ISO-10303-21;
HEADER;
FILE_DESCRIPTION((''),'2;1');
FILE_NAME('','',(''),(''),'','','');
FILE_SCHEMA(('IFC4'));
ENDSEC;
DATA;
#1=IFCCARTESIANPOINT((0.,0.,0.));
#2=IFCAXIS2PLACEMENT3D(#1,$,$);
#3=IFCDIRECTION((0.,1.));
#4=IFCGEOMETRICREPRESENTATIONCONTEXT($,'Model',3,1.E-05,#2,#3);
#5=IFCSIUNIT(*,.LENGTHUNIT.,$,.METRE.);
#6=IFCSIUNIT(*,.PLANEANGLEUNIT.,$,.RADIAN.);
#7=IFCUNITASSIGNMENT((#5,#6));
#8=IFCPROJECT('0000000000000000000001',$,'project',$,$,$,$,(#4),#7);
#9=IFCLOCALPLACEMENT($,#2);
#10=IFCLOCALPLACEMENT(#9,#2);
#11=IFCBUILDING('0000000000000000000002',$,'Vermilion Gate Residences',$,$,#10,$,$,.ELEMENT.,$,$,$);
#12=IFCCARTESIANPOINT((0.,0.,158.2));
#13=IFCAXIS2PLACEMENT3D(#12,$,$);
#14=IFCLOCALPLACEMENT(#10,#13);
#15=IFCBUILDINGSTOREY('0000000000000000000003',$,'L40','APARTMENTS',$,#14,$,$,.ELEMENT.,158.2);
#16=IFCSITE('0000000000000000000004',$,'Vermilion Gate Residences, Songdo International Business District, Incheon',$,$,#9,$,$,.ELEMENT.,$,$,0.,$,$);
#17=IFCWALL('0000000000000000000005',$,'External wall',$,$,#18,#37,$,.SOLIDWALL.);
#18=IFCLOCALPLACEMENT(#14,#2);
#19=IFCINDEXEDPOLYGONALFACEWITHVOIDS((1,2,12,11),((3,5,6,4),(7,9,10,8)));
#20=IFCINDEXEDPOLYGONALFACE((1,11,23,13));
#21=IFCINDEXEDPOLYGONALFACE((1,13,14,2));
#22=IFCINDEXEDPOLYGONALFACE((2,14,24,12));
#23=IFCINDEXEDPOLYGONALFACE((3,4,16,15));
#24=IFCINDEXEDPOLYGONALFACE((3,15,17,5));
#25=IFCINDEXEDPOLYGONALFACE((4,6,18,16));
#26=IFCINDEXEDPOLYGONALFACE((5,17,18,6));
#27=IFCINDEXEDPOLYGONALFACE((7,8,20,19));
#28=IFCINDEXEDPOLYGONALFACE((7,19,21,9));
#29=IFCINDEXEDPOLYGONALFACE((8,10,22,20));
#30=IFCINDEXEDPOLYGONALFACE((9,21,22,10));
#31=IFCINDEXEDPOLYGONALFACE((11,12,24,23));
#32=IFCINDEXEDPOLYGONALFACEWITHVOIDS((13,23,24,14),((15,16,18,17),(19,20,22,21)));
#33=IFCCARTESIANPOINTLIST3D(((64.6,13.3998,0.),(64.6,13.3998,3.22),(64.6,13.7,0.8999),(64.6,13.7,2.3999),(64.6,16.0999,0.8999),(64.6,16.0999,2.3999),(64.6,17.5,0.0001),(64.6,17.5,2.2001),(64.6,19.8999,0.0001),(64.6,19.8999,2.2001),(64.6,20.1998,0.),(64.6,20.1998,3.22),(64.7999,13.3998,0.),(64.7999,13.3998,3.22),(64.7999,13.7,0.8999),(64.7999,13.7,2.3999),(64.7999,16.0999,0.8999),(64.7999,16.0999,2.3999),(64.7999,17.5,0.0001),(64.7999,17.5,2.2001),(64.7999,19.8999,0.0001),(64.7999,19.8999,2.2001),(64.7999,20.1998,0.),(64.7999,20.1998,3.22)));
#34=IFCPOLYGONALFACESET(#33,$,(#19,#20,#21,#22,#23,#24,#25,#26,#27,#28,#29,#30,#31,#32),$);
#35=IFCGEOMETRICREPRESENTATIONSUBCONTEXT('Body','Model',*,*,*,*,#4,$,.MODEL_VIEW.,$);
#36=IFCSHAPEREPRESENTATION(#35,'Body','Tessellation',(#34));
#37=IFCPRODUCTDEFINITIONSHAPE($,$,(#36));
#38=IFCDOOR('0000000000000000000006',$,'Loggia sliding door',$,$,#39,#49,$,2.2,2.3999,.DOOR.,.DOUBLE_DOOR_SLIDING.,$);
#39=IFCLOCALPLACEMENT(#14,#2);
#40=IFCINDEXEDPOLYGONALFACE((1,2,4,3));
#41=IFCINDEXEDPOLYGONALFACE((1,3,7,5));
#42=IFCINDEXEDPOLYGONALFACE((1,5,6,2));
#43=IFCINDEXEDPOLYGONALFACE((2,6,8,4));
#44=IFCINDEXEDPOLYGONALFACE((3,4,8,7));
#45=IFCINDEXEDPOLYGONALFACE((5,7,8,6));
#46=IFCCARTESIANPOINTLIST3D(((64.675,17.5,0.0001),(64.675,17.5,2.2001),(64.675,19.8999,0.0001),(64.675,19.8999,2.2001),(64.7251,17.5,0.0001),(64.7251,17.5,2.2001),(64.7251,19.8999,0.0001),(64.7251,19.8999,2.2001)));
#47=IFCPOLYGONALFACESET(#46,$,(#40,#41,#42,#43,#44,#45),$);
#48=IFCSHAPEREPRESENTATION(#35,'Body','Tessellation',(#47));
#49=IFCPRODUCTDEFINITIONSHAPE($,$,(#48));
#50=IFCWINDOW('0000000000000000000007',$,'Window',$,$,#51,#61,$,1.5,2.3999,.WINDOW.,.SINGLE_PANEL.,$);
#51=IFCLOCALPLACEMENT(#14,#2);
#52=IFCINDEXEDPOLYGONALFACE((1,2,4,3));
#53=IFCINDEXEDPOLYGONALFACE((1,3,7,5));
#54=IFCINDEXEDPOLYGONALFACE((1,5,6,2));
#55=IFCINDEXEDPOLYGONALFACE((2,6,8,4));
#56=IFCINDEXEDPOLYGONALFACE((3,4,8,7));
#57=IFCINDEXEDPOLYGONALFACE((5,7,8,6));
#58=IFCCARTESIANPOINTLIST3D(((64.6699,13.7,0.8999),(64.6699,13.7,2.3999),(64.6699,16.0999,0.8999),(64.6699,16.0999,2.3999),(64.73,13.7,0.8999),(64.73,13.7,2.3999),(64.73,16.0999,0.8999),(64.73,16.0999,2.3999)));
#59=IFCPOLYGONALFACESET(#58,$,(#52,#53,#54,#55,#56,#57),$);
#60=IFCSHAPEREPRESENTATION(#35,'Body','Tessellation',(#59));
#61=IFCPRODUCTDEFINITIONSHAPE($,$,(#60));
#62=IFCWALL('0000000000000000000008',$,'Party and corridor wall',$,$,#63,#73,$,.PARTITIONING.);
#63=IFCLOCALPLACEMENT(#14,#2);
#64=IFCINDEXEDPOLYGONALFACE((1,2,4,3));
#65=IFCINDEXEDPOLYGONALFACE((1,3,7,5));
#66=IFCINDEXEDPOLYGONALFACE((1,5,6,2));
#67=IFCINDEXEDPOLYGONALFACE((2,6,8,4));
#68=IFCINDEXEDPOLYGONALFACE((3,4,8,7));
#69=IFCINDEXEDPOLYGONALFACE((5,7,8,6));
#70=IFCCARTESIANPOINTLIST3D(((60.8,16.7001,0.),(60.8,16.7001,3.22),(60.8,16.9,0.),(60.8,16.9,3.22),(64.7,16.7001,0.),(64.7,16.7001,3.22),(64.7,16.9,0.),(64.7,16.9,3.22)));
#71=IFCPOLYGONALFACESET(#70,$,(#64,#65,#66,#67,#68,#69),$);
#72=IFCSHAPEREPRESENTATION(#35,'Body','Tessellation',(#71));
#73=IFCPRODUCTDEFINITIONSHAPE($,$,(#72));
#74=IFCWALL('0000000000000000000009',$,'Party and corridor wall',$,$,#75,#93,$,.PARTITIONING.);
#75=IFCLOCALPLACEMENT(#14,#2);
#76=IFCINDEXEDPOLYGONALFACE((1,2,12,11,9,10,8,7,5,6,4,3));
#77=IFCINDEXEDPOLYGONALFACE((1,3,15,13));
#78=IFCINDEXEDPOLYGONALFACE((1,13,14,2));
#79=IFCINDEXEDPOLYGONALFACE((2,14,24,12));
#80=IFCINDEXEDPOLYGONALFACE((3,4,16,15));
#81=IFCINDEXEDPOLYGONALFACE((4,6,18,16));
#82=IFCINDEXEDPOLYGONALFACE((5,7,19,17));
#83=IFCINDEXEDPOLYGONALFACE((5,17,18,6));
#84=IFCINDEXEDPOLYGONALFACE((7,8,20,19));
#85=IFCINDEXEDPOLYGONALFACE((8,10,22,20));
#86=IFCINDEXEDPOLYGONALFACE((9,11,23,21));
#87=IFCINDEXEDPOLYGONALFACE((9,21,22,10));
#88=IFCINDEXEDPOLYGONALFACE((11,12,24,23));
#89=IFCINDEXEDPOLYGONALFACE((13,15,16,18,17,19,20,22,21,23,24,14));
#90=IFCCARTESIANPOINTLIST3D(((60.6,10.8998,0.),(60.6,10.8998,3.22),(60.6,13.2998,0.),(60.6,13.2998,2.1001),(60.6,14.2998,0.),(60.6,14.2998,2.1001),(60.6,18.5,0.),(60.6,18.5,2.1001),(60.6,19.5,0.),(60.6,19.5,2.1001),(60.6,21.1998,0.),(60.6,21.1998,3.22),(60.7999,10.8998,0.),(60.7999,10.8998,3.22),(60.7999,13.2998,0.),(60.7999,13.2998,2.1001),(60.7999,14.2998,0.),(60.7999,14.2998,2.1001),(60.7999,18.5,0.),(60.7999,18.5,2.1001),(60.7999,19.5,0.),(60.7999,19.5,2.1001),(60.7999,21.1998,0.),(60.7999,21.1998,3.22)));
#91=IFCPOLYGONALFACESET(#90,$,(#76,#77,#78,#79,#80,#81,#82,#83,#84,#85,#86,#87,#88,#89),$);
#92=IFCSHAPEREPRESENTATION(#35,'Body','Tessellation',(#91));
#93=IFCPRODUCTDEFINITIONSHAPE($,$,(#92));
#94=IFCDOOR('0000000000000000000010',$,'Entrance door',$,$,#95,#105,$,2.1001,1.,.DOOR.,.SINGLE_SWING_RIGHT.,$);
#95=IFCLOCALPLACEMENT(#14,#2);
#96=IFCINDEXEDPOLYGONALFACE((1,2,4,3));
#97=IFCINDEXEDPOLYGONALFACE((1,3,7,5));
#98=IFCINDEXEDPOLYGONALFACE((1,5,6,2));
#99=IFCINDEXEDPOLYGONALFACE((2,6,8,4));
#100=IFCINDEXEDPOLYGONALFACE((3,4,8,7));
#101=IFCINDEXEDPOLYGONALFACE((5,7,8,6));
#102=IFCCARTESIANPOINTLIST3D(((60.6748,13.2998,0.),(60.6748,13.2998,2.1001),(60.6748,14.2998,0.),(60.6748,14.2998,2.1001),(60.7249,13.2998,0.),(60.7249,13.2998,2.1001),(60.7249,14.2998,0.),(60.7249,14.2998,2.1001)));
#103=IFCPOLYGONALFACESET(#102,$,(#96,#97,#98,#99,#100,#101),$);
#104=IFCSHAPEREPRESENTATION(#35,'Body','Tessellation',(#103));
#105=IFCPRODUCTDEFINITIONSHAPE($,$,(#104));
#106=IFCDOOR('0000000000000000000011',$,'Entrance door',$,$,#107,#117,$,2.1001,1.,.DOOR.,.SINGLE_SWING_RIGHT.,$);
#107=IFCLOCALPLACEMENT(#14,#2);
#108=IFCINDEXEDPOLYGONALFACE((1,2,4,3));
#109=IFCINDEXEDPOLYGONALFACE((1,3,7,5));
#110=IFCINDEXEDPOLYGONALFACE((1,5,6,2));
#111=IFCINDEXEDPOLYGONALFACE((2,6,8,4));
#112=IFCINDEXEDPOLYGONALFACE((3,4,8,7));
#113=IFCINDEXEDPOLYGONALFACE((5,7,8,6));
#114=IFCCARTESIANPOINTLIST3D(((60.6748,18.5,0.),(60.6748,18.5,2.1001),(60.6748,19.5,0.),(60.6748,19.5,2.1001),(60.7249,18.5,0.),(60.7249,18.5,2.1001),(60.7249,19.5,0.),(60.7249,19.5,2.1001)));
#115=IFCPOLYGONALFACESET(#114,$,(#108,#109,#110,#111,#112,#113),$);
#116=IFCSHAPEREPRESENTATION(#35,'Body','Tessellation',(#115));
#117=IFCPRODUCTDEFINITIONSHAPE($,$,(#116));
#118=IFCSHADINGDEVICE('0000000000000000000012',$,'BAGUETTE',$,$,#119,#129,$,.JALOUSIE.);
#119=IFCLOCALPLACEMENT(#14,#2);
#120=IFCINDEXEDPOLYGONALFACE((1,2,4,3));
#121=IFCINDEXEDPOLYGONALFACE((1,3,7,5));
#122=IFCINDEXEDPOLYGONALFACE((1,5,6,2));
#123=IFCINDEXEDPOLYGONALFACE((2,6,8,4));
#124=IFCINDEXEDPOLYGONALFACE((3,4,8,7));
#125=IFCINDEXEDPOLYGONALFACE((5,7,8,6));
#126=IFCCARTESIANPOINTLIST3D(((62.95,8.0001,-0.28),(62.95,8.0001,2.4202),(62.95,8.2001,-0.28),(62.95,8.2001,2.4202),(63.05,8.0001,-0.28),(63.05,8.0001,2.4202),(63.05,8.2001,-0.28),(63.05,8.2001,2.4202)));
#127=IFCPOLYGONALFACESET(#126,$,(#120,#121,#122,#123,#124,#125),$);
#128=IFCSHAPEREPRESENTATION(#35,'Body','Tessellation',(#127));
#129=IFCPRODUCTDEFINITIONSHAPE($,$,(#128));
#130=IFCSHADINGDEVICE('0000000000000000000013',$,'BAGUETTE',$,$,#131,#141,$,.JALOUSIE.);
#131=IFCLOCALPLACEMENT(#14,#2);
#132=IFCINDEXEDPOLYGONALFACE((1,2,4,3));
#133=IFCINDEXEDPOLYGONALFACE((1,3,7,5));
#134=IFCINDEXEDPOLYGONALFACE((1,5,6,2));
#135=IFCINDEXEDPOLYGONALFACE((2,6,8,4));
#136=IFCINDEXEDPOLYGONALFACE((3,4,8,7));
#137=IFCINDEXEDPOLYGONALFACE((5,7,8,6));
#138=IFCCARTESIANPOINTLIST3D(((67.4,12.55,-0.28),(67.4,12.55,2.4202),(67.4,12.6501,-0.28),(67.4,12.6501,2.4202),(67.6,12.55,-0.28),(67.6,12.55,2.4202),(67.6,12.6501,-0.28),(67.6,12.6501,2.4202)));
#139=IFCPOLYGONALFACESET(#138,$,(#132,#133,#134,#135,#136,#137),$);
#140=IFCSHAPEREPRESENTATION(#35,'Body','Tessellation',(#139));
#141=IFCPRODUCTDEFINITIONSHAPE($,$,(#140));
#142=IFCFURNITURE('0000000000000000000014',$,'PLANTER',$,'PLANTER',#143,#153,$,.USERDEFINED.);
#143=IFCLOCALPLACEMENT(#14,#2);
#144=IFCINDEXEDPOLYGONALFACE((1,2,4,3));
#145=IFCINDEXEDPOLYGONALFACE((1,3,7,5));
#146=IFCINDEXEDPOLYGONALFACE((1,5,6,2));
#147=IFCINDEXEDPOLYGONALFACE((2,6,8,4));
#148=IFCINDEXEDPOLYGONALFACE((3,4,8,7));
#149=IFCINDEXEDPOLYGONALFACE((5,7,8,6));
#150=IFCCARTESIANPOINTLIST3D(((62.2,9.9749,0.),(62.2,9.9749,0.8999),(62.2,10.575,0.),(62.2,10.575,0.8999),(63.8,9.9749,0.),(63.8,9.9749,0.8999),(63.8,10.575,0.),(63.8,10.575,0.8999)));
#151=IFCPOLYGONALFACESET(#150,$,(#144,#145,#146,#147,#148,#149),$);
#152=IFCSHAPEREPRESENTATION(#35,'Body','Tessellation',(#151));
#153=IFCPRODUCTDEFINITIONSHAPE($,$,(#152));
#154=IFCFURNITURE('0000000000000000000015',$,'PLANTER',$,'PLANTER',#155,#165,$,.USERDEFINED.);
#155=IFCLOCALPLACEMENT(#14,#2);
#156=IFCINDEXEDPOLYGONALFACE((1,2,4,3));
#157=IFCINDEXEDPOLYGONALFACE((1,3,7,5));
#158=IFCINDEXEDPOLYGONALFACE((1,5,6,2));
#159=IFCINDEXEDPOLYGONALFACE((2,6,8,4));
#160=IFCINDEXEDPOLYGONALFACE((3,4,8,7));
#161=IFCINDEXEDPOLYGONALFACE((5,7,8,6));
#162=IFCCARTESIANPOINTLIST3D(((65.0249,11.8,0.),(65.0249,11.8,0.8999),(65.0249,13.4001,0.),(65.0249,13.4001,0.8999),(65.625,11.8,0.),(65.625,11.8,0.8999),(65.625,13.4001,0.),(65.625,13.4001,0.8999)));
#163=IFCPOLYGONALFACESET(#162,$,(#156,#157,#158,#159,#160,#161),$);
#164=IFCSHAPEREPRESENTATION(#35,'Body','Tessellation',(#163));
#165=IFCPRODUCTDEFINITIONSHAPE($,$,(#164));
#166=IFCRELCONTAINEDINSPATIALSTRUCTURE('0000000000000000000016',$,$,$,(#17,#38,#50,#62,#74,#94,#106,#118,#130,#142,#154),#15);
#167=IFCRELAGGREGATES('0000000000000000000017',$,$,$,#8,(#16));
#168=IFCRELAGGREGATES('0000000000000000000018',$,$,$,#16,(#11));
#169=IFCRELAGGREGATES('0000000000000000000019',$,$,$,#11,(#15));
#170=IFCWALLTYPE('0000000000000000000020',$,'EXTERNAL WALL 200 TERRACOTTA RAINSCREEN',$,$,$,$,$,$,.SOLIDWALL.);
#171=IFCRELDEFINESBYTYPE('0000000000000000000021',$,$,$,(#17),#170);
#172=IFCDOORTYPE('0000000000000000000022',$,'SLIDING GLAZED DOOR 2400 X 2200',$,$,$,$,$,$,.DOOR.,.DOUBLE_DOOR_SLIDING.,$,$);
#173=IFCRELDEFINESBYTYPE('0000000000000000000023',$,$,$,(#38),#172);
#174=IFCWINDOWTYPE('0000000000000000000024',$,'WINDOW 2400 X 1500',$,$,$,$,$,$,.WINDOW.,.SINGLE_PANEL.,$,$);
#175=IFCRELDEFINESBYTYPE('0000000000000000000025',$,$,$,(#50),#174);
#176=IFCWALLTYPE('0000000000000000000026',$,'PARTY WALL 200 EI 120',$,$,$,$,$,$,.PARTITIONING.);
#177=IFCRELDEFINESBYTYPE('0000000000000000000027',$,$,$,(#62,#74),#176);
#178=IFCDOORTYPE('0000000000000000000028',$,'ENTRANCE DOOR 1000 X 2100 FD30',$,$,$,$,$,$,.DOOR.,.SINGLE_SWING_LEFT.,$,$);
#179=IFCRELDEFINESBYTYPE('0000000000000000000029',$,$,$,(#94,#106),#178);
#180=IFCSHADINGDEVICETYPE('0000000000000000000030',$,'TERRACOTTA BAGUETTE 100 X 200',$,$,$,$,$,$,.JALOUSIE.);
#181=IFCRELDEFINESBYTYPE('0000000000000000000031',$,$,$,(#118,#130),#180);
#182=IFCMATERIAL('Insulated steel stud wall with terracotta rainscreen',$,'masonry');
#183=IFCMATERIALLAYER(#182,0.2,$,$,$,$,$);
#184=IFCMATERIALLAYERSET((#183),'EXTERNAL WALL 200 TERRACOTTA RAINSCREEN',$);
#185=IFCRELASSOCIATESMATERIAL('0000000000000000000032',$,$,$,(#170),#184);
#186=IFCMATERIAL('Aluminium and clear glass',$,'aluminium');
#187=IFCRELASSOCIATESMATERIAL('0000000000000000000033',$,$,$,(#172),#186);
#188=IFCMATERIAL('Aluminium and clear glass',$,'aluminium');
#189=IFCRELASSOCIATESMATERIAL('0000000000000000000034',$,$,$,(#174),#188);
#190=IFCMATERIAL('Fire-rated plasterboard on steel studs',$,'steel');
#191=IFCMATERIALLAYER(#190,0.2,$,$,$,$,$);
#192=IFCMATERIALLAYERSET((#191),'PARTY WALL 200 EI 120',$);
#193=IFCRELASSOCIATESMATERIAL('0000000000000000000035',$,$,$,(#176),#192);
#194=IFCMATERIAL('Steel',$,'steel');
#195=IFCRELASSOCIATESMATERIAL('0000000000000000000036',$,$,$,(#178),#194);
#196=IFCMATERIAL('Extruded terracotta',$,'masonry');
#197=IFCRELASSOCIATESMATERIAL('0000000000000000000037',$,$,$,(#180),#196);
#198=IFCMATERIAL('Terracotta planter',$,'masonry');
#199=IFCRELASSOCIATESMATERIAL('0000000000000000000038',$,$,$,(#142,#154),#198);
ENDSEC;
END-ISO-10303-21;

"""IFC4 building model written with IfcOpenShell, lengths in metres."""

from ifc_helpers import new_model, si_unit, direction, frame, frame_2d, origin, origin_2d, place, context, subcontext, project, spatial, rectangle, extrude, material, layer, layer_set, material_profile, profile_set, type_object, element, fill, save


model = new_model("IFC4")

# Units and contexts
model_context = context("Model", 3, precision=1e-05, world=origin(), true_north=direction((0.0, 1.0)))
body_context = subcontext(model_context, "Body", "Model", "MODEL_VIEW")
ifc_project = project(units=[si_unit("LENGTHUNIT", "METRE"), si_unit("PLANEANGLEUNIT", "RADIAN")], contexts=[model_context])

# Site, building, storey
site_placement = place(None, origin())
site = spatial("IfcSite", under=ifc_project, at=site_placement, Name="Vermilion Gate Residences, Songdo International Business District, Incheon", CompositionType="ELEMENT", RefElevation=0.0)
building_placement = place(site_placement, origin())
building = spatial("IfcBuilding", under=site, at=building_placement, Name="Vermilion Gate Residences", CompositionType="ELEMENT")
storey_placement = place(building_placement, frame((0.0, 0.0, 158.2)))
storey = spatial("IfcBuildingStorey", under=building, at=storey_placement, Name="L40", Description="APARTMENTS", CompositionType="ELEMENT", Elevation=158.2)

# Shared definitions
ifc_material_1 = material(Name="Insulated steel stud wall with terracotta rainscreen", Category="masonry")
ifc_layer_1 = layer(ifc_material_1, 0.2)
ifc_layer_set_1 = layer_set([ifc_layer_1], Name="EXTERNAL WALL 200 TERRACOTTA RAINSCREEN")
wall_type_1 = type_object("IfcWallType", Name="EXTERNAL WALL 200 TERRACOTTA RAINSCREEN", PredefinedType="SOLIDWALL", material=ifc_layer_set_1)

# Wall, openings, door, window
wall_1_placement = place(storey_placement, frame((64.7, 13.3999, 0.0), z_axis=(0.0, 0.0, 1.0), x_axis=(0.0, 1.0, 0.0)))
wall_1 = element("IfcWall", 1, at=wall_1_placement, inside=storey, type_object=wall_type_1, Name="External wall", PredefinedType="SOLIDWALL", context=body_context, shape_type="SweptSolid", body=[
    extrude(rectangle(XDim=6.8, YDim=0.2, at=frame_2d((3.3999, 0.0))), origin(), (0.0, 0.0, 1.0), 3.22),
])
opening_1_placement = place(wall_1_placement, frame((0.3, 0.0, 0.8999)))
opening_1 = element("IfcOpeningElement", 2, at=opening_1_placement, cuts=wall_1, PredefinedType="OPENING", context=body_context, shape_type="SweptSolid", body=[
    extrude(rectangle(XDim=2.3999, YDim=1.5, at=frame_2d((1.2, 0.75))), frame((0.0, 0.1099, 0.0), z_axis=(0.0, -1.0, 0.0), x_axis=(1.0, 0.0, 0.0)), (0.0, 0.0, 1.0), 0.22),
])
opening_2_placement = place(wall_1_placement, frame((4.1001, 0.0, 0.0)))
opening_2 = element("IfcOpeningElement", 3, at=opening_2_placement, cuts=wall_1, PredefinedType="OPENING", context=body_context, shape_type="SweptSolid", body=[
    extrude(rectangle(XDim=2.3999, YDim=2.2, at=frame_2d((1.2, 1.1001))), frame((0.0, 0.1099, 0.0), z_axis=(0.0, -1.0, 0.0), x_axis=(1.0, 0.0, 0.0)), (0.0, 0.0, 1.0), 0.22),
])
ifc_material_2 = material(Name="Aluminium and clear glass", Category="aluminium")
door_type_1 = type_object("IfcDoorType", Name="SLIDING GLAZED DOOR 2400 X 2200", OperationType="DOUBLE_DOOR_SLIDING", PredefinedType="DOOR", material=ifc_material_2)
door_1_placement = place(opening_2_placement, origin())
door_1 = element("IfcDoor", 4, at=door_1_placement, inside=storey, type_object=door_type_1, Name="Loggia sliding door", OperationType="DOUBLE_DOOR_SLIDING", OverallHeight=2.2, OverallWidth=2.3999, PredefinedType="DOOR", context=body_context, shape_type="SweptSolid", body=[
    extrude(rectangle(XDim=2.3999, YDim=2.2, at=frame_2d((1.2, 1.1001))), frame((0.0, 0.0249, 0.0), z_axis=(0.0, -1.0, 0.0), x_axis=(1.0, 0.0, 0.0)), (0.0, 0.0, 1.0), 0.05),
])
fill(opening_2, door_1)
ifc_material_3 = material(Name="Aluminium and clear glass", Category="aluminium")
window_type_1 = type_object("IfcWindowType", Name="WINDOW 2400 X 1500", PartitioningType="SINGLE_PANEL", PredefinedType="WINDOW", material=ifc_material_3)
window_1_placement = place(opening_1_placement, origin())
window_1 = element("IfcWindow", 5, at=window_1_placement, inside=storey, type_object=window_type_1, Name="Window", OverallHeight=1.5, OverallWidth=2.3999, PartitioningType="SINGLE_PANEL", PredefinedType="WINDOW", context=body_context, shape_type="SweptSolid", body=[
    extrude(rectangle(XDim=2.3999, YDim=1.5, at=frame_2d((1.2, 0.75))), frame((0.0, 0.03, 0.0), z_axis=(0.0, -1.0, 0.0), x_axis=(1.0, 0.0, 0.0)), (0.0, 0.0, 1.0), 0.0601),
])
fill(opening_1, window_1)

# Wall
ifc_material_4 = material(Name="Fire-rated plasterboard on steel studs", Category="steel")
ifc_layer_2 = layer(ifc_material_4, 0.2)
ifc_layer_set_2 = layer_set([ifc_layer_2], Name="PARTY WALL 200 EI 120")
wall_type_2 = type_object("IfcWallType", Name="PARTY WALL 200 EI 120", PredefinedType="PARTITIONING", material=ifc_layer_set_2)
wall_2_placement = place(storey_placement, frame((60.8, 16.8, 0.0), z_axis=(0.0, 0.0, 1.0), x_axis=(1.0, 0.0, 0.0)))
element("IfcWall", 6, at=wall_2_placement, inside=storey, type_object=wall_type_2, Name="Party and corridor wall", PredefinedType="PARTITIONING", context=body_context, shape_type="SweptSolid", body=[
    extrude(rectangle(XDim=3.8999, YDim=0.2, at=frame_2d((1.95, 0.0))), origin(), (0.0, 0.0, 1.0), 3.22),
])

# Wall, openings, doors
wall_3_placement = place(storey_placement, frame((60.7, 10.8999, 0.0), z_axis=(0.0, 0.0, 1.0), x_axis=(0.0, 1.0, 0.0)))
wall_3 = element("IfcWall", 7, at=wall_3_placement, inside=storey, type_object=wall_type_2, Name="Party and corridor wall", PredefinedType="PARTITIONING", context=body_context, shape_type="SweptSolid", body=[
    extrude(rectangle(XDim=10.3, YDim=0.2, at=frame_2d((5.1499, 0.0))), origin(), (0.0, 0.0, 1.0), 3.22),
])
opening_3_placement = place(wall_3_placement, frame((2.3999, 0.0, 0.0)))
opening_3 = element("IfcOpeningElement", 8, at=opening_3_placement, cuts=wall_3, PredefinedType="OPENING", context=body_context, shape_type="SweptSolid", body=[
    extrude(rectangle(XDim=1.0, YDim=2.1001, at=frame_2d((0.5, 1.05))), frame((0.0, 0.1099, 0.0), z_axis=(0.0, -1.0, 0.0), x_axis=(1.0, 0.0, 0.0)), (0.0, 0.0, 1.0), 0.22),
])
opening_4_placement = place(wall_3_placement, frame((7.6001, 0.0, 0.0)))
opening_4 = element("IfcOpeningElement", 9, at=opening_4_placement, cuts=wall_3, PredefinedType="OPENING", context=body_context, shape_type="SweptSolid", body=[
    extrude(rectangle(XDim=1.0, YDim=2.1001, at=frame_2d((0.5, 1.05))), frame((0.0, 0.1099, 0.0), z_axis=(0.0, -1.0, 0.0), x_axis=(1.0, 0.0, 0.0)), (0.0, 0.0, 1.0), 0.22),
])
ifc_material_5 = material(Name="Steel", Category="steel")
door_type_2 = type_object("IfcDoorType", Name="ENTRANCE DOOR 1000 X 2100 FD30", OperationType="SINGLE_SWING_LEFT", PredefinedType="DOOR", material=ifc_material_5)
door_2_placement = place(opening_3_placement, frame((1.0, 0.0, 0.0), z_axis=(0.0, 0.0, 1.0), x_axis=(-1.0, 0.0, 0.0)))
door_2 = element("IfcDoor", 10, at=door_2_placement, inside=storey, type_object=door_type_2, Name="Entrance door", OperationType="SINGLE_SWING_RIGHT", OverallHeight=2.1001, OverallWidth=1.0, PredefinedType="DOOR", context=body_context, shape_type="SweptSolid", body=[
    extrude(rectangle(XDim=1.0, YDim=2.1001, at=frame_2d((0.5, 1.05))), frame((0.0, 0.0249, 0.0), z_axis=(0.0, -1.0, 0.0), x_axis=(1.0, 0.0, 0.0)), (0.0, 0.0, 1.0), 0.05),
])
fill(opening_3, door_2)
door_3_placement = place(opening_4_placement, frame((1.0, 0.0, 0.0), z_axis=(0.0, 0.0, 1.0), x_axis=(-1.0, 0.0, 0.0)))
door_3 = element("IfcDoor", 11, at=door_3_placement, inside=storey, type_object=door_type_2, Name="Entrance door", OperationType="SINGLE_SWING_RIGHT", OverallHeight=2.1001, OverallWidth=1.0, PredefinedType="DOOR", context=body_context, shape_type="SweptSolid", body=[
    extrude(rectangle(XDim=1.0, YDim=2.1001, at=frame_2d((0.5, 1.05))), frame((0.0, 0.0249, 0.0), z_axis=(0.0, -1.0, 0.0), x_axis=(1.0, 0.0, 0.0)), (0.0, 0.0, 1.0), 0.05),
])
fill(opening_4, door_3)

# Shading devices
ifc_material_6 = material(Name="Extruded terracotta", Category="masonry")
ifc_material_profile_1 = material_profile(ifc_material_6, rectangle(XDim=0.2, YDim=0.1001, at=origin_2d()), Name="BAGUETTE 100 X 200")
ifc_profile_set_1 = profile_set([ifc_material_profile_1], Name="Extruded terracotta")
shading_device_type = type_object("IfcShadingDeviceType", Name="TERRACOTTA BAGUETTE 100 X 200", PredefinedType="JALOUSIE", material=ifc_profile_set_1)
for number, where, z_axis, x_axis, name in (
    (12, (63.0, 8.1001, -0.28), (0.0, 0.0, 1.0), (0.0, 1.0, 0.0), "BAGUETTE"),
    (13, (67.5, 12.6001, -0.28), (0.0, 0.0, 1.0), (-1.0, 0.0, 0.0), "BAGUETTE"),
):
    element("IfcShadingDevice", number, at=place(storey_placement, frame(where, z_axis=z_axis, x_axis=x_axis)), inside=storey, type_object=shading_device_type, Name=name, PredefinedType="JALOUSIE", context=body_context, shape_type="SweptSolid", body=[
        extrude(rectangle(XDim=0.2, YDim=0.1001, at=origin_2d()), origin(), (0.0, 0.0, 1.0), 2.7002),
    ])

# Furniture
ifc_material_7 = material(Name="Terracotta planter", Category="masonry")
for number, where, z_axis, x_axis, name in (
    (14, (63.0, 10.2749, 0.0), (0.0, 0.0, 1.0), (1.0, 0.0, 0.0), "PLANTER"),
    (15, (65.325, 12.6001, 0.0), (0.0, 0.0, 1.0), (0.0, 1.0, 0.0), "PLANTER"),
):
    element("IfcFurniture", number, at=place(storey_placement, frame(where, z_axis=z_axis, x_axis=x_axis)), inside=storey, material=ifc_material_7, Name=name, ObjectType="PLANTER", PredefinedType="USERDEFINED", context=body_context, shape_type="SweptSolid", body=[
        extrude(rectangle(XDim=1.6001, YDim=0.6001, at=origin_2d()), origin(), (0.0, 0.0, 1.0), 0.8999),
    ])

save(model, "model.ifc")
